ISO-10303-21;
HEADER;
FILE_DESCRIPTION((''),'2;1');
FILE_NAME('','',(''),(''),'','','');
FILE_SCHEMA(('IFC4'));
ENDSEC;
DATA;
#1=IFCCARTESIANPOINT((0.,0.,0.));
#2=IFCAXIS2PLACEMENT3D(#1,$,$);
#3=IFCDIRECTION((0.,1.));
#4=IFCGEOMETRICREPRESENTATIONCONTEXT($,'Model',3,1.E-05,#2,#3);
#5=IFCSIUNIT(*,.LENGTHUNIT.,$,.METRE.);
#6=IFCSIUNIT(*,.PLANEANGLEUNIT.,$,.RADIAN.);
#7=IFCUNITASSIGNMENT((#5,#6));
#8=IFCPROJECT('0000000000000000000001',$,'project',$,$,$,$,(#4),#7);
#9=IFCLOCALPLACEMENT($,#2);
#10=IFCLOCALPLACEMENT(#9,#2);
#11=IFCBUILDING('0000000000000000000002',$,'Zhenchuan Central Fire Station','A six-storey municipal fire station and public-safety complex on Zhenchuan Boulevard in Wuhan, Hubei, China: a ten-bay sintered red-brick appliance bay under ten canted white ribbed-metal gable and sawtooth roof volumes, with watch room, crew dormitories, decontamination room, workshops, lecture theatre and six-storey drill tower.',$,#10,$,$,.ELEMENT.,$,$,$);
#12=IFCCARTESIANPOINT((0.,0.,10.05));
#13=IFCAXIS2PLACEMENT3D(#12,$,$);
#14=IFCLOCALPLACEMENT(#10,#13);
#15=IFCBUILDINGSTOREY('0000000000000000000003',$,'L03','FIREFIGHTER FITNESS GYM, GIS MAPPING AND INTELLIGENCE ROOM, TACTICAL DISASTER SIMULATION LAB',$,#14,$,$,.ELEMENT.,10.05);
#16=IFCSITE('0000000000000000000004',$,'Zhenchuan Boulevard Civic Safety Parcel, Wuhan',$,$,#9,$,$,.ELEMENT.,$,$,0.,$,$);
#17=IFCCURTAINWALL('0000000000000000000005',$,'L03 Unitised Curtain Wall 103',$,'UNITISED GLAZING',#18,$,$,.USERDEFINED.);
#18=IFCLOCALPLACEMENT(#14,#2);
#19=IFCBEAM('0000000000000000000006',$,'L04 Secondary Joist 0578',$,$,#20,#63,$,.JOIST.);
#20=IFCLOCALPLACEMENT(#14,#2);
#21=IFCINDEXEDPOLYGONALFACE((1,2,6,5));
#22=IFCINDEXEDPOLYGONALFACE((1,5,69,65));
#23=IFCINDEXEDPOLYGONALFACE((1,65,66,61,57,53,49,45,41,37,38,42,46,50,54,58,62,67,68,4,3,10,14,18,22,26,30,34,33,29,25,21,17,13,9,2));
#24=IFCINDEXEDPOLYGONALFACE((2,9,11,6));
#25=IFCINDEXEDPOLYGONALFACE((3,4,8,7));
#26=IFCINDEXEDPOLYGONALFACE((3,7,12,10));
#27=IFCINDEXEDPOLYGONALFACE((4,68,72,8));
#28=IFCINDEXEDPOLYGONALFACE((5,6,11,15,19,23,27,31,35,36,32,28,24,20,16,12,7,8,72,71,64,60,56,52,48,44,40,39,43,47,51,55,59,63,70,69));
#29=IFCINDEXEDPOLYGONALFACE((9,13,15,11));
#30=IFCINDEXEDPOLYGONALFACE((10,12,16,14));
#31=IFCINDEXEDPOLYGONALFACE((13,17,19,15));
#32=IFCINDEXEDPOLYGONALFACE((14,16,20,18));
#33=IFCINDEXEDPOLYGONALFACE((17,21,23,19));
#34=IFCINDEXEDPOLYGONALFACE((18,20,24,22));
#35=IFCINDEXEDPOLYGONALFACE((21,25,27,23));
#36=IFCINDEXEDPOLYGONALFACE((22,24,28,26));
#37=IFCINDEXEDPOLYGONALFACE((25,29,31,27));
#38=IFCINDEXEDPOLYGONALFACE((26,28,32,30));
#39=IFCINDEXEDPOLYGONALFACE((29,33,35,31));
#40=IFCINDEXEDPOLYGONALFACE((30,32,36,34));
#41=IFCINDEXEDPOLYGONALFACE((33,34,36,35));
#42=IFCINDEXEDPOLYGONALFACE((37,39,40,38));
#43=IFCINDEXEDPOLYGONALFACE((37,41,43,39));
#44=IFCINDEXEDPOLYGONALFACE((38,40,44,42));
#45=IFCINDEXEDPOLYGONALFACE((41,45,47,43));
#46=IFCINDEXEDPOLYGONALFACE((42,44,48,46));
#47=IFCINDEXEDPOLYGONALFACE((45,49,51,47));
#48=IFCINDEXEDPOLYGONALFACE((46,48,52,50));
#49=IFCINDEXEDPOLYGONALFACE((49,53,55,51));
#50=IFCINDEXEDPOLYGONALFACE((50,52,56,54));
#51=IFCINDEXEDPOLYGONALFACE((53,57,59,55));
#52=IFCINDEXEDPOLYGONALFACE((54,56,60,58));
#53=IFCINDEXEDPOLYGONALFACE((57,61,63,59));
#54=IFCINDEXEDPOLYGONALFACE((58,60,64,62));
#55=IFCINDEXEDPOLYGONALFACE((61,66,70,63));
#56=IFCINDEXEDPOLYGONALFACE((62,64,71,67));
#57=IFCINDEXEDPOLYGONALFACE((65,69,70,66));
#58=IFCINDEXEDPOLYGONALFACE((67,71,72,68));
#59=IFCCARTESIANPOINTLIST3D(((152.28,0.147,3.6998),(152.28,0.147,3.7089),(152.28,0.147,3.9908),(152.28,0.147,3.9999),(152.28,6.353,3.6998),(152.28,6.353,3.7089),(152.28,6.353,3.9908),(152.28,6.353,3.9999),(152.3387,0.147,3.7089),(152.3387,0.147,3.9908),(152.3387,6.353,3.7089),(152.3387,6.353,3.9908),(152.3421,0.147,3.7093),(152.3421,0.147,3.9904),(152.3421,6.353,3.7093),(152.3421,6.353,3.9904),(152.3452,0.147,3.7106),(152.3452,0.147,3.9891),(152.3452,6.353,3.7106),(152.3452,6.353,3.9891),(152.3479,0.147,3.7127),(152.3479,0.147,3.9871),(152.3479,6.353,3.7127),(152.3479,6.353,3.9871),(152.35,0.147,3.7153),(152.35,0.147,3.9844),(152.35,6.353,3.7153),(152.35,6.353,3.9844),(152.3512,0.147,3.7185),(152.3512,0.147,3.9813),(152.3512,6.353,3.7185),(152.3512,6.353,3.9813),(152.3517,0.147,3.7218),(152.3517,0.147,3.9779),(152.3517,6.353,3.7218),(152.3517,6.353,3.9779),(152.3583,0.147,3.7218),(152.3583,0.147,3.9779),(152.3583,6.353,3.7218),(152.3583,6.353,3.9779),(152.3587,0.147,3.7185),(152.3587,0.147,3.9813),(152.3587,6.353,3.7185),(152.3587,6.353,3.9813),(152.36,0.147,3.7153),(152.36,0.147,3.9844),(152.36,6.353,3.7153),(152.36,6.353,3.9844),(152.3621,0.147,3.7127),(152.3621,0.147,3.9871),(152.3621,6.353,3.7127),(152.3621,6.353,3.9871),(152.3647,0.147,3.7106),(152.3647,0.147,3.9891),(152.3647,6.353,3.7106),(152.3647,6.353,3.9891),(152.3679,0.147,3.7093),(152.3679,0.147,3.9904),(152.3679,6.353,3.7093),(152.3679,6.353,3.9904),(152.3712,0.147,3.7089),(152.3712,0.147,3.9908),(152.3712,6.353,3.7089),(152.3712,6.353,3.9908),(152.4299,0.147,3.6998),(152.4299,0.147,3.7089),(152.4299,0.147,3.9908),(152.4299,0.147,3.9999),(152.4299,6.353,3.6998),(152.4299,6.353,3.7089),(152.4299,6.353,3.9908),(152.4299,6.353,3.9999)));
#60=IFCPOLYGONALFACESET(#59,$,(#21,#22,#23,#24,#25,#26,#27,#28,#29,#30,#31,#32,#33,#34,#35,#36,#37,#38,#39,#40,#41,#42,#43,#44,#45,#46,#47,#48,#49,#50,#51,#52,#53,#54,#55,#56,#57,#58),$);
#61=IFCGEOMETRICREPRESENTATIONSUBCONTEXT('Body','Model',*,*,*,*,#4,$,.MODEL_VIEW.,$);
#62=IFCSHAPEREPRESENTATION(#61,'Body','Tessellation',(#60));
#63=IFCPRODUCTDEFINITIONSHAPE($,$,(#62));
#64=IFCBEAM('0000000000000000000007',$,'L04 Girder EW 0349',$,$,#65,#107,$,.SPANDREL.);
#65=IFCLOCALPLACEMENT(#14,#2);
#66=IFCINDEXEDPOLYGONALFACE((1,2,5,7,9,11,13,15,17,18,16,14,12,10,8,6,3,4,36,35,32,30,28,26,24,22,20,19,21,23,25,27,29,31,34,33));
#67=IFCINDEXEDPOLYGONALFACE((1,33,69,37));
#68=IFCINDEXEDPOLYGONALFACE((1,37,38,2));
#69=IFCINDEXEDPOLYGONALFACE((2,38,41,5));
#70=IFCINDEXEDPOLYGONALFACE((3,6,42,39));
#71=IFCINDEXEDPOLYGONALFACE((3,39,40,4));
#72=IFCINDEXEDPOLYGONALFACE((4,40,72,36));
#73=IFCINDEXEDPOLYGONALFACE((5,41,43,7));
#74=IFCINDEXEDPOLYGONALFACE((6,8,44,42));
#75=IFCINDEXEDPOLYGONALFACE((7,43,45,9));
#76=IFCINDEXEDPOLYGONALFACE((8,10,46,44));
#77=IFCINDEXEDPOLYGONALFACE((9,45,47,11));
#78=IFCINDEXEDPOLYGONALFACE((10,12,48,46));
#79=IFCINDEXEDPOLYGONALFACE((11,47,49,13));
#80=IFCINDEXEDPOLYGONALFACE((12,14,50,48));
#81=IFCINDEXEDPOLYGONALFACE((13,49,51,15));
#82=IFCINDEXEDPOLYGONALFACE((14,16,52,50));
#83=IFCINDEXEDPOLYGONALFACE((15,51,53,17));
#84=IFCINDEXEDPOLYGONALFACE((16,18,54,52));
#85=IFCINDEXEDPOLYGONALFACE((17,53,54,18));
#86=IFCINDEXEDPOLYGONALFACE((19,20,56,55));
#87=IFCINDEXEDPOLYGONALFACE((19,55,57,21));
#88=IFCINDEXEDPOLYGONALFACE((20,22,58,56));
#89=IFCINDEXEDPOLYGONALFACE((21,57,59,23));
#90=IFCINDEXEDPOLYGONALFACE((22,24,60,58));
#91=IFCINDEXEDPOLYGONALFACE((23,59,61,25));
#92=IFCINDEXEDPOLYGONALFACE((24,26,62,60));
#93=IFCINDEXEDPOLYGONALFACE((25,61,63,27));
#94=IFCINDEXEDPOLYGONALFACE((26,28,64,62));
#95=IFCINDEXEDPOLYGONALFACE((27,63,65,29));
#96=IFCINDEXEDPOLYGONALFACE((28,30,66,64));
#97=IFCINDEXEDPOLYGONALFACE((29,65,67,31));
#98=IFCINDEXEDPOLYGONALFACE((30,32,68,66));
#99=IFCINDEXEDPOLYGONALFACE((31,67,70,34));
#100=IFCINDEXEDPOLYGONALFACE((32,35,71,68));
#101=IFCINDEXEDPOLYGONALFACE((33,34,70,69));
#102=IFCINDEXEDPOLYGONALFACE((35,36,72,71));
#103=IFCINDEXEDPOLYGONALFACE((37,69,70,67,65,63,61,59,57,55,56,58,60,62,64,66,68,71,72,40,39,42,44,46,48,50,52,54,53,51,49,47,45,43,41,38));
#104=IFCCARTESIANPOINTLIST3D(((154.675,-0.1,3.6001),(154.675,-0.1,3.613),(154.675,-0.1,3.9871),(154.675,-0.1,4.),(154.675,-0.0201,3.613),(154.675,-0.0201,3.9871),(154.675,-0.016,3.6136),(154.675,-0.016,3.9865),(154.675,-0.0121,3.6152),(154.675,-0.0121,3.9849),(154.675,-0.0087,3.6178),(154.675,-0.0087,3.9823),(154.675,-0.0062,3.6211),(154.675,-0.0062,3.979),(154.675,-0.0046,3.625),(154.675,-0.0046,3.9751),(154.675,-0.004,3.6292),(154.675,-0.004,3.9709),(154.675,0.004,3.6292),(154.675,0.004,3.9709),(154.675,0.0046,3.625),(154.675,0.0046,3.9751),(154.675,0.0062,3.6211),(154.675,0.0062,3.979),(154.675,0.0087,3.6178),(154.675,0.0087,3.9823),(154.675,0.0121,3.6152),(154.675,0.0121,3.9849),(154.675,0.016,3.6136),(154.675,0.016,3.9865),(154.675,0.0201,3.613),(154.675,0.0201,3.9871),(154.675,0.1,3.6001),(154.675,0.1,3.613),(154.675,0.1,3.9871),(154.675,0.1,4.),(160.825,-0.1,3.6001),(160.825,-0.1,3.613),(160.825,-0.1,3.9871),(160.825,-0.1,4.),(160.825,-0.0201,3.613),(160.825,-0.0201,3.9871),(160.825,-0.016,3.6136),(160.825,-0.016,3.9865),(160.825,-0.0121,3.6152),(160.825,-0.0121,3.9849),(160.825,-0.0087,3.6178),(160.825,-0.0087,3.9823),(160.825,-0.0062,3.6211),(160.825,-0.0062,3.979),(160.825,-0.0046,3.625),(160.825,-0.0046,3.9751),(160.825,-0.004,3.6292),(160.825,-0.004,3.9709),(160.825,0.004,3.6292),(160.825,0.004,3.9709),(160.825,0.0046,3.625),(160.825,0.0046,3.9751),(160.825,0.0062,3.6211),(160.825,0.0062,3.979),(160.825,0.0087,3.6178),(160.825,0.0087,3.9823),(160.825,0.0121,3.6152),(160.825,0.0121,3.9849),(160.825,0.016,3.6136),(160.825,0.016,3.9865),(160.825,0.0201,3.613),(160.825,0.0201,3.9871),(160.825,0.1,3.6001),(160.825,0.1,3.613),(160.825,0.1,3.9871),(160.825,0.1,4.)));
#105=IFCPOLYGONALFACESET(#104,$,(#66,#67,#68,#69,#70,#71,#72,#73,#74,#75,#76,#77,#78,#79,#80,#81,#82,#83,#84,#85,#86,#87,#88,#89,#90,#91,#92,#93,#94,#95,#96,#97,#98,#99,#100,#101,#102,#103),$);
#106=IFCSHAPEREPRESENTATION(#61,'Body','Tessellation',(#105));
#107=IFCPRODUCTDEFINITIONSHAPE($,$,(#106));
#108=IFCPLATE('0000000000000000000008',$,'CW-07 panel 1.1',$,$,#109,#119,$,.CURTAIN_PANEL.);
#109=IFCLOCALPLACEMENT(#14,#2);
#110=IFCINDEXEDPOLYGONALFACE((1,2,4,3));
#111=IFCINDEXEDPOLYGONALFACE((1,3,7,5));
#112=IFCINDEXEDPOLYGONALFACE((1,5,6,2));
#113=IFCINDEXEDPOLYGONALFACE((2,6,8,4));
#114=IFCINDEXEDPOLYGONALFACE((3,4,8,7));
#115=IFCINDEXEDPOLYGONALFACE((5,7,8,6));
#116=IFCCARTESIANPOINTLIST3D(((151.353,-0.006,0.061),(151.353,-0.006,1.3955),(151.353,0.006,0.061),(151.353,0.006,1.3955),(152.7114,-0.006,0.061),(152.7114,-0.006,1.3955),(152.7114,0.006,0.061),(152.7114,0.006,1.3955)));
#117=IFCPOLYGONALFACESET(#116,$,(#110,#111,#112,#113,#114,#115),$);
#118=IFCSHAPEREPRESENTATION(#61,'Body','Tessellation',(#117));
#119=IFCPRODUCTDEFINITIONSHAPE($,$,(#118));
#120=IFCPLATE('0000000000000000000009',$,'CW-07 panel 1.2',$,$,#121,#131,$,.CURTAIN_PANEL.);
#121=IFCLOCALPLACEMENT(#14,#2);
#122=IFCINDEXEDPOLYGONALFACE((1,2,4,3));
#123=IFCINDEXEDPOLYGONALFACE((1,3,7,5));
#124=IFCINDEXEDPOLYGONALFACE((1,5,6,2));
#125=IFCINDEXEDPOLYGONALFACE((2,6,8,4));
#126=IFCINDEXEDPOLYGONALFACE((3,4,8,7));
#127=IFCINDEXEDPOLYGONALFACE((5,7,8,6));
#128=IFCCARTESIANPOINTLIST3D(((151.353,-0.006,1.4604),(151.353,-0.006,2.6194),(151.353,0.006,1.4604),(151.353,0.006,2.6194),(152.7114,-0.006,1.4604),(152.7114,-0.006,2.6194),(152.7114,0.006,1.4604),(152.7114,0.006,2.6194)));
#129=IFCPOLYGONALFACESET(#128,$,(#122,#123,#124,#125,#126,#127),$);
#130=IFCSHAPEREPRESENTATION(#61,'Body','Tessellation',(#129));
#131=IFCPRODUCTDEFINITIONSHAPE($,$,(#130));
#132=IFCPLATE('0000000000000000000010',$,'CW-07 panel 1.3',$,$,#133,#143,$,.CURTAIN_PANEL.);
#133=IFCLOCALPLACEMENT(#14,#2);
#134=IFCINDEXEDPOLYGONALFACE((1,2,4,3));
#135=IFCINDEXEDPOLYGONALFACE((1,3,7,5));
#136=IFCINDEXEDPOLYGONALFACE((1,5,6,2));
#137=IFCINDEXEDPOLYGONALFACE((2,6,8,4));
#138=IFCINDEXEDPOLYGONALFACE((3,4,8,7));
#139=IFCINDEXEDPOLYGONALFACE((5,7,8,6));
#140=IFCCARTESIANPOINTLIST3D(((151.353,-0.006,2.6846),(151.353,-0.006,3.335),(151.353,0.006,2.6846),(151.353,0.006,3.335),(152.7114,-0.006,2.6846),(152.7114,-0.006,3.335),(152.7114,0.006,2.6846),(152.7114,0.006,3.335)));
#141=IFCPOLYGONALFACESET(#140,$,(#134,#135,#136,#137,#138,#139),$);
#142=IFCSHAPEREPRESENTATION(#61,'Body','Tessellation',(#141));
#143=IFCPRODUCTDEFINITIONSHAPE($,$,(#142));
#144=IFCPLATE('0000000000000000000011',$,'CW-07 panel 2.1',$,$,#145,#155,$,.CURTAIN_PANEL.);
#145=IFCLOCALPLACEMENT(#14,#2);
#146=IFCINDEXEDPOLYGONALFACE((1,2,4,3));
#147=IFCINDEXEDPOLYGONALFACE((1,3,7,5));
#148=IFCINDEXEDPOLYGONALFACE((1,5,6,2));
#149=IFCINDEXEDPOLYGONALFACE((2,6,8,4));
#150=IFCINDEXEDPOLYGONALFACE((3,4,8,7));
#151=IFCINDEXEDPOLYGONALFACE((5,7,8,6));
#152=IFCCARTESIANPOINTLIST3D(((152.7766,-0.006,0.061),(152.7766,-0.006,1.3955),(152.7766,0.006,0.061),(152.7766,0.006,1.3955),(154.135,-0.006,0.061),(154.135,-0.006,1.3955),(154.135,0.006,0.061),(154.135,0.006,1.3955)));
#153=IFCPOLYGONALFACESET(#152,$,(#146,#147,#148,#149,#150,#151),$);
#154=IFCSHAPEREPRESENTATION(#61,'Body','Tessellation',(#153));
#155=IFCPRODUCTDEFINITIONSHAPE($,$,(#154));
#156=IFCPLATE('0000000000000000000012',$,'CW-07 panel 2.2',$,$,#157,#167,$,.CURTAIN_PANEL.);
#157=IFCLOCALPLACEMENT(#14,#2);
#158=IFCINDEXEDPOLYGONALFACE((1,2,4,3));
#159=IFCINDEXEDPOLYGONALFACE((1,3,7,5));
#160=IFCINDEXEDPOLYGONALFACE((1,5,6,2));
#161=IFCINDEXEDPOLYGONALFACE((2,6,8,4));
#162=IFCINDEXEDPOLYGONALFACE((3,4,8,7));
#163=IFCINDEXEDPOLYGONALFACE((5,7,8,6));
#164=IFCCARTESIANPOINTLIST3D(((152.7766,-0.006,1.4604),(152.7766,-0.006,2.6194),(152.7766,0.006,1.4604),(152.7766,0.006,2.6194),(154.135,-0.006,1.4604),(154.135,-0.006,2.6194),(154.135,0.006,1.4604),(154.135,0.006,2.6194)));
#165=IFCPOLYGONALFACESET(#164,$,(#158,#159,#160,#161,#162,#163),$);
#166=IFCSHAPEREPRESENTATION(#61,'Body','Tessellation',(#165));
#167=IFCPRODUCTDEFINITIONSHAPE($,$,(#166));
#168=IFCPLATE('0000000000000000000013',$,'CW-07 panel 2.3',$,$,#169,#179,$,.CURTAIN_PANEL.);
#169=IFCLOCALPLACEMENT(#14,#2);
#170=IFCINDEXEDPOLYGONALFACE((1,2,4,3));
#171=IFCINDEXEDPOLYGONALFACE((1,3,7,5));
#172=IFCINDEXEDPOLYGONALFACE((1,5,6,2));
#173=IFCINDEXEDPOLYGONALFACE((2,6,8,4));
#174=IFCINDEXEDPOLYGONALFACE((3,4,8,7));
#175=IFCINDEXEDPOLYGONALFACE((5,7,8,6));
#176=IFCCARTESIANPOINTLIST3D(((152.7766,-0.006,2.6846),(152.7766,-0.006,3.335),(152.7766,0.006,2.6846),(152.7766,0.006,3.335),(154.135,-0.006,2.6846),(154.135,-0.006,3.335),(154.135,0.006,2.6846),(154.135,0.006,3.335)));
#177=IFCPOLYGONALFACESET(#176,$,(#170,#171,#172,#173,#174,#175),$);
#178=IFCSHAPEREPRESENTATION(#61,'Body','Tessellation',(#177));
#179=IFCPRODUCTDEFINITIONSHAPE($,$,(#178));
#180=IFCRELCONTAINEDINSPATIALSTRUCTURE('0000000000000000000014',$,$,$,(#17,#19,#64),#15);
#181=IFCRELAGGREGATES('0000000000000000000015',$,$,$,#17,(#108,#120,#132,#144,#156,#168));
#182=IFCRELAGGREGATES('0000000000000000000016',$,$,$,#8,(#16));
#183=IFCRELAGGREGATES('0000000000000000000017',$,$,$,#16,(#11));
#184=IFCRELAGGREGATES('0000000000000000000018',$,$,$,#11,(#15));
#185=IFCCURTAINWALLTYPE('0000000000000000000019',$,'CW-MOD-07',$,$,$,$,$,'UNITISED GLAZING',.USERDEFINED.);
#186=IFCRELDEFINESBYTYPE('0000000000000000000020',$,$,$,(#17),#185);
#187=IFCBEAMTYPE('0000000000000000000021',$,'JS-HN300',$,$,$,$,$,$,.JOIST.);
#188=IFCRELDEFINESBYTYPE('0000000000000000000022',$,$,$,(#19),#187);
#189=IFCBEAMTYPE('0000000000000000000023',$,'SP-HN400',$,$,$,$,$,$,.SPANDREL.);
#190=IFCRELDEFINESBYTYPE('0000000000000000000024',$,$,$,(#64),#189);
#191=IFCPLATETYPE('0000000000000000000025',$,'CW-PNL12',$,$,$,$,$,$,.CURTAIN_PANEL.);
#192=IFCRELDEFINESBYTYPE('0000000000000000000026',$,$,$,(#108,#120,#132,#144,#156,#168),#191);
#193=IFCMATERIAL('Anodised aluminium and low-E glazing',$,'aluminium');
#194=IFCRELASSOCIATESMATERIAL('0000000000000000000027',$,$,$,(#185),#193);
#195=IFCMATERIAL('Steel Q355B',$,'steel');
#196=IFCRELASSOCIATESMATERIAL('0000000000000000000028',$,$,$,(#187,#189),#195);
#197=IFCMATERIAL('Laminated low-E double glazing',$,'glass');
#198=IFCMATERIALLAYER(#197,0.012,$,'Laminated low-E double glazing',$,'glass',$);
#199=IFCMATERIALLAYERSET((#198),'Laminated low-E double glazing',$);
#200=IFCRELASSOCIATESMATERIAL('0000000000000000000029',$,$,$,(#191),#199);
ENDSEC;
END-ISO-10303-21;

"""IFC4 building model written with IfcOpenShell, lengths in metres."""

from ifc_helpers import new_model, si_unit, direction, frame, origin, origin_2d, place, context, subcontext, project, spatial, rectangle, i_section, extrude, material, layer, layer_set, material_profile, profile_set, type_object, element, aggregate, save


model = new_model("IFC4")

# Units and contexts
model_context = context("Model", 3, precision=1e-05, world=origin(), true_north=direction((0.0, 1.0)))
body_context = subcontext(model_context, "Body", "Model", "MODEL_VIEW")
ifc_project = project(units=[si_unit("LENGTHUNIT", "METRE"), si_unit("PLANEANGLEUNIT", "RADIAN")], contexts=[model_context])

# Site, building, storey
site_placement = place(None, origin())
site = spatial("IfcSite", under=ifc_project, at=site_placement, Name="Zhenchuan Boulevard Civic Safety Parcel, Wuhan", CompositionType="ELEMENT", RefElevation=0.0)
building_placement = place(site_placement, origin())
building = spatial("IfcBuilding", under=site, at=building_placement, Name="Zhenchuan Central Fire Station", Description="A six-storey municipal fire station and public-safety complex on Zhenchuan Boulevard in Wuhan, Hubei, China: a ten-bay sintered red-brick appliance bay under ten canted white ribbed-metal gable and sawtooth roof volumes, with watch room, crew dormitories, decontamination room, workshops, lecture theatre and six-storey drill tower.", CompositionType="ELEMENT")
storey_placement = place(building_placement, frame((0.0, 0.0, 10.05)))
storey = spatial("IfcBuildingStorey", under=building, at=storey_placement, Name="L03", Description="FIREFIGHTER FITNESS GYM, GIS MAPPING AND INTELLIGENCE ROOM, TACTICAL DISASTER SIMULATION LAB", CompositionType="ELEMENT", Elevation=10.05)

# Shared definitions
ifc_material_1 = material(Name="Steel Q355B", Category="steel")

# Curtain wall
ifc_material_2 = material(Name="Anodised aluminium and low-E glazing", Category="aluminium")
curtain_wall_type_1 = type_object("IfcCurtainWallType", Name="CW-MOD-07", ElementType="UNITISED GLAZING", PredefinedType="USERDEFINED", material=ifc_material_2)
curtain_wall_1_placement = place(storey_placement, origin())
curtain_wall_1 = element("IfcCurtainWall", 1, at=curtain_wall_1_placement, inside=storey, type_object=curtain_wall_type_1, Name="L03 Unitised Curtain Wall 103", ObjectType="UNITISED GLAZING", PredefinedType="USERDEFINED")

# Beams
ifc_material_profile_1 = material_profile(ifc_material_1, i_section(OverallWidth=0.1499, OverallDepth=0.3, WebThickness=0.0066, FlangeThickness=0.009, FilletRadius=0.0129, at=origin_2d()), Name="HN 300x150")
ifc_profile_set_1 = profile_set([ifc_material_profile_1], Name="Steel Q355B")
beam_type_1 = type_object("IfcBeamType", Name="JS-HN300", PredefinedType="JOIST", material=ifc_profile_set_1)
beam_1_placement = place(storey_placement, frame((152.355, 0.147, 3.8499), z_axis=(0.0, 1.0, 0.0), x_axis=(-1.0, 0.0, 0.0)))
element("IfcBeam", 2, at=beam_1_placement, inside=storey, type_object=beam_type_1, Name="L04 Secondary Joist 0578", PredefinedType="JOIST", context=body_context, shape_type="SweptSolid", body=[
    extrude(i_section(OverallWidth=0.1499, OverallDepth=0.3, WebThickness=0.0066, FlangeThickness=0.009, FilletRadius=0.0129, at=origin_2d()), origin(), (0.0, 0.0, 1.0), 6.2061),
])
ifc_material_profile_2 = material_profile(ifc_material_1, i_section(OverallWidth=0.2, OverallDepth=0.3999, WebThickness=0.0081, FlangeThickness=0.0129, FilletRadius=0.0161, at=origin_2d()), Name="HN 400x200")
ifc_profile_set_2 = profile_set([ifc_material_profile_2], Name="Steel Q355B")
beam_type_2 = type_object("IfcBeamType", Name="SP-HN400", PredefinedType="SPANDREL", material=ifc_profile_set_2)
beam_2_placement = place(storey_placement, frame((154.675, 0.0, 3.8), z_axis=(1.0, 0.0, 0.0), x_axis=(0.0, 1.0, 0.0)))
element("IfcBeam", 3, at=beam_2_placement, inside=storey, type_object=beam_type_2, Name="L04 Girder EW 0349", PredefinedType="SPANDREL", context=body_context, shape_type="SweptSolid", body=[
    extrude(i_section(OverallWidth=0.2, OverallDepth=0.3999, WebThickness=0.0081, FlangeThickness=0.0129, FilletRadius=0.0161, at=origin_2d()), origin(), (0.0, 0.0, 1.0), 6.1499),
])

# Plates
ifc_material_3 = material(Name="Laminated low-E double glazing", Category="glass")
ifc_layer_1 = layer(ifc_material_3, 0.012, Name="Laminated low-E double glazing", Category="glass")
ifc_layer_set_1 = layer_set([ifc_layer_1], Name="Laminated low-E double glazing")
plate_type = type_object("IfcPlateType", Name="CW-PNL12", PredefinedType="CURTAIN_PANEL", material=ifc_layer_set_1)
plate_1_placement = place(storey_placement, frame((152.0322, 0.0, 0.061), z_axis=(0.0, 0.0, 1.0), x_axis=(1.0, 0.0, 0.0)))
plate_1 = element("IfcPlate", 4, at=plate_1_placement, type_object=plate_type, Name="CW-07 panel 1.1", PredefinedType="CURTAIN_PANEL", context=body_context, shape_type="SweptSolid", body=[
    extrude(rectangle(XDim=1.3584, YDim=0.012, at=origin_2d()), origin(), (0.0, 0.0, 1.0), 1.3345),
])
plate_2_placement = place(storey_placement, frame((152.0322, 0.0, 1.4604), z_axis=(0.0, 0.0, 1.0), x_axis=(1.0, 0.0, 0.0)))
plate_2 = element("IfcPlate", 5, at=plate_2_placement, type_object=plate_type, Name="CW-07 panel 1.2", PredefinedType="CURTAIN_PANEL", context=body_context, shape_type="SweptSolid", body=[
    extrude(rectangle(XDim=1.3584, YDim=0.012, at=origin_2d()), origin(), (0.0, 0.0, 1.0), 1.1589),
])
plate_3_placement = place(storey_placement, frame((152.0322, 0.0, 2.6846), z_axis=(0.0, 0.0, 1.0), x_axis=(1.0, 0.0, 0.0)))
plate_3 = element("IfcPlate", 6, at=plate_3_placement, type_object=plate_type, Name="CW-07 panel 1.3", PredefinedType="CURTAIN_PANEL", context=body_context, shape_type="SweptSolid", body=[
    extrude(rectangle(XDim=1.3584, YDim=0.012, at=origin_2d()), origin(), (0.0, 0.0, 1.0), 0.6504),
])
plate_4_placement = place(storey_placement, frame((153.4558, 0.0, 0.061), z_axis=(0.0, 0.0, 1.0), x_axis=(1.0, 0.0, 0.0)))
plate_4 = element("IfcPlate", 7, at=plate_4_placement, type_object=plate_type, Name="CW-07 panel 2.1", PredefinedType="CURTAIN_PANEL", context=body_context, shape_type="SweptSolid", body=[
    extrude(rectangle(XDim=1.3584, YDim=0.012, at=origin_2d()), origin(), (0.0, 0.0, 1.0), 1.3345),
])
plate_5_placement = place(storey_placement, frame((153.4558, 0.0, 1.4604), z_axis=(0.0, 0.0, 1.0), x_axis=(1.0, 0.0, 0.0)))
plate_5 = element("IfcPlate", 8, at=plate_5_placement, type_object=plate_type, Name="CW-07 panel 2.2", PredefinedType="CURTAIN_PANEL", context=body_context, shape_type="SweptSolid", body=[
    extrude(rectangle(XDim=1.3584, YDim=0.012, at=origin_2d()), origin(), (0.0, 0.0, 1.0), 1.1589),
])
plate_6_placement = place(storey_placement, frame((153.4558, 0.0, 2.6846), z_axis=(0.0, 0.0, 1.0), x_axis=(1.0, 0.0, 0.0)))
plate_6 = element("IfcPlate", 9, at=plate_6_placement, type_object=plate_type, Name="CW-07 panel 2.3", PredefinedType="CURTAIN_PANEL", context=body_context, shape_type="SweptSolid", body=[
    extrude(rectangle(XDim=1.3584, YDim=0.012, at=origin_2d()), origin(), (0.0, 0.0, 1.0), 0.6504),
])
aggregate(curtain_wall_1, [plate_1, plate_2, plate_3, plate_4, plate_5, plate_6])

save(model, "model.ifc")
